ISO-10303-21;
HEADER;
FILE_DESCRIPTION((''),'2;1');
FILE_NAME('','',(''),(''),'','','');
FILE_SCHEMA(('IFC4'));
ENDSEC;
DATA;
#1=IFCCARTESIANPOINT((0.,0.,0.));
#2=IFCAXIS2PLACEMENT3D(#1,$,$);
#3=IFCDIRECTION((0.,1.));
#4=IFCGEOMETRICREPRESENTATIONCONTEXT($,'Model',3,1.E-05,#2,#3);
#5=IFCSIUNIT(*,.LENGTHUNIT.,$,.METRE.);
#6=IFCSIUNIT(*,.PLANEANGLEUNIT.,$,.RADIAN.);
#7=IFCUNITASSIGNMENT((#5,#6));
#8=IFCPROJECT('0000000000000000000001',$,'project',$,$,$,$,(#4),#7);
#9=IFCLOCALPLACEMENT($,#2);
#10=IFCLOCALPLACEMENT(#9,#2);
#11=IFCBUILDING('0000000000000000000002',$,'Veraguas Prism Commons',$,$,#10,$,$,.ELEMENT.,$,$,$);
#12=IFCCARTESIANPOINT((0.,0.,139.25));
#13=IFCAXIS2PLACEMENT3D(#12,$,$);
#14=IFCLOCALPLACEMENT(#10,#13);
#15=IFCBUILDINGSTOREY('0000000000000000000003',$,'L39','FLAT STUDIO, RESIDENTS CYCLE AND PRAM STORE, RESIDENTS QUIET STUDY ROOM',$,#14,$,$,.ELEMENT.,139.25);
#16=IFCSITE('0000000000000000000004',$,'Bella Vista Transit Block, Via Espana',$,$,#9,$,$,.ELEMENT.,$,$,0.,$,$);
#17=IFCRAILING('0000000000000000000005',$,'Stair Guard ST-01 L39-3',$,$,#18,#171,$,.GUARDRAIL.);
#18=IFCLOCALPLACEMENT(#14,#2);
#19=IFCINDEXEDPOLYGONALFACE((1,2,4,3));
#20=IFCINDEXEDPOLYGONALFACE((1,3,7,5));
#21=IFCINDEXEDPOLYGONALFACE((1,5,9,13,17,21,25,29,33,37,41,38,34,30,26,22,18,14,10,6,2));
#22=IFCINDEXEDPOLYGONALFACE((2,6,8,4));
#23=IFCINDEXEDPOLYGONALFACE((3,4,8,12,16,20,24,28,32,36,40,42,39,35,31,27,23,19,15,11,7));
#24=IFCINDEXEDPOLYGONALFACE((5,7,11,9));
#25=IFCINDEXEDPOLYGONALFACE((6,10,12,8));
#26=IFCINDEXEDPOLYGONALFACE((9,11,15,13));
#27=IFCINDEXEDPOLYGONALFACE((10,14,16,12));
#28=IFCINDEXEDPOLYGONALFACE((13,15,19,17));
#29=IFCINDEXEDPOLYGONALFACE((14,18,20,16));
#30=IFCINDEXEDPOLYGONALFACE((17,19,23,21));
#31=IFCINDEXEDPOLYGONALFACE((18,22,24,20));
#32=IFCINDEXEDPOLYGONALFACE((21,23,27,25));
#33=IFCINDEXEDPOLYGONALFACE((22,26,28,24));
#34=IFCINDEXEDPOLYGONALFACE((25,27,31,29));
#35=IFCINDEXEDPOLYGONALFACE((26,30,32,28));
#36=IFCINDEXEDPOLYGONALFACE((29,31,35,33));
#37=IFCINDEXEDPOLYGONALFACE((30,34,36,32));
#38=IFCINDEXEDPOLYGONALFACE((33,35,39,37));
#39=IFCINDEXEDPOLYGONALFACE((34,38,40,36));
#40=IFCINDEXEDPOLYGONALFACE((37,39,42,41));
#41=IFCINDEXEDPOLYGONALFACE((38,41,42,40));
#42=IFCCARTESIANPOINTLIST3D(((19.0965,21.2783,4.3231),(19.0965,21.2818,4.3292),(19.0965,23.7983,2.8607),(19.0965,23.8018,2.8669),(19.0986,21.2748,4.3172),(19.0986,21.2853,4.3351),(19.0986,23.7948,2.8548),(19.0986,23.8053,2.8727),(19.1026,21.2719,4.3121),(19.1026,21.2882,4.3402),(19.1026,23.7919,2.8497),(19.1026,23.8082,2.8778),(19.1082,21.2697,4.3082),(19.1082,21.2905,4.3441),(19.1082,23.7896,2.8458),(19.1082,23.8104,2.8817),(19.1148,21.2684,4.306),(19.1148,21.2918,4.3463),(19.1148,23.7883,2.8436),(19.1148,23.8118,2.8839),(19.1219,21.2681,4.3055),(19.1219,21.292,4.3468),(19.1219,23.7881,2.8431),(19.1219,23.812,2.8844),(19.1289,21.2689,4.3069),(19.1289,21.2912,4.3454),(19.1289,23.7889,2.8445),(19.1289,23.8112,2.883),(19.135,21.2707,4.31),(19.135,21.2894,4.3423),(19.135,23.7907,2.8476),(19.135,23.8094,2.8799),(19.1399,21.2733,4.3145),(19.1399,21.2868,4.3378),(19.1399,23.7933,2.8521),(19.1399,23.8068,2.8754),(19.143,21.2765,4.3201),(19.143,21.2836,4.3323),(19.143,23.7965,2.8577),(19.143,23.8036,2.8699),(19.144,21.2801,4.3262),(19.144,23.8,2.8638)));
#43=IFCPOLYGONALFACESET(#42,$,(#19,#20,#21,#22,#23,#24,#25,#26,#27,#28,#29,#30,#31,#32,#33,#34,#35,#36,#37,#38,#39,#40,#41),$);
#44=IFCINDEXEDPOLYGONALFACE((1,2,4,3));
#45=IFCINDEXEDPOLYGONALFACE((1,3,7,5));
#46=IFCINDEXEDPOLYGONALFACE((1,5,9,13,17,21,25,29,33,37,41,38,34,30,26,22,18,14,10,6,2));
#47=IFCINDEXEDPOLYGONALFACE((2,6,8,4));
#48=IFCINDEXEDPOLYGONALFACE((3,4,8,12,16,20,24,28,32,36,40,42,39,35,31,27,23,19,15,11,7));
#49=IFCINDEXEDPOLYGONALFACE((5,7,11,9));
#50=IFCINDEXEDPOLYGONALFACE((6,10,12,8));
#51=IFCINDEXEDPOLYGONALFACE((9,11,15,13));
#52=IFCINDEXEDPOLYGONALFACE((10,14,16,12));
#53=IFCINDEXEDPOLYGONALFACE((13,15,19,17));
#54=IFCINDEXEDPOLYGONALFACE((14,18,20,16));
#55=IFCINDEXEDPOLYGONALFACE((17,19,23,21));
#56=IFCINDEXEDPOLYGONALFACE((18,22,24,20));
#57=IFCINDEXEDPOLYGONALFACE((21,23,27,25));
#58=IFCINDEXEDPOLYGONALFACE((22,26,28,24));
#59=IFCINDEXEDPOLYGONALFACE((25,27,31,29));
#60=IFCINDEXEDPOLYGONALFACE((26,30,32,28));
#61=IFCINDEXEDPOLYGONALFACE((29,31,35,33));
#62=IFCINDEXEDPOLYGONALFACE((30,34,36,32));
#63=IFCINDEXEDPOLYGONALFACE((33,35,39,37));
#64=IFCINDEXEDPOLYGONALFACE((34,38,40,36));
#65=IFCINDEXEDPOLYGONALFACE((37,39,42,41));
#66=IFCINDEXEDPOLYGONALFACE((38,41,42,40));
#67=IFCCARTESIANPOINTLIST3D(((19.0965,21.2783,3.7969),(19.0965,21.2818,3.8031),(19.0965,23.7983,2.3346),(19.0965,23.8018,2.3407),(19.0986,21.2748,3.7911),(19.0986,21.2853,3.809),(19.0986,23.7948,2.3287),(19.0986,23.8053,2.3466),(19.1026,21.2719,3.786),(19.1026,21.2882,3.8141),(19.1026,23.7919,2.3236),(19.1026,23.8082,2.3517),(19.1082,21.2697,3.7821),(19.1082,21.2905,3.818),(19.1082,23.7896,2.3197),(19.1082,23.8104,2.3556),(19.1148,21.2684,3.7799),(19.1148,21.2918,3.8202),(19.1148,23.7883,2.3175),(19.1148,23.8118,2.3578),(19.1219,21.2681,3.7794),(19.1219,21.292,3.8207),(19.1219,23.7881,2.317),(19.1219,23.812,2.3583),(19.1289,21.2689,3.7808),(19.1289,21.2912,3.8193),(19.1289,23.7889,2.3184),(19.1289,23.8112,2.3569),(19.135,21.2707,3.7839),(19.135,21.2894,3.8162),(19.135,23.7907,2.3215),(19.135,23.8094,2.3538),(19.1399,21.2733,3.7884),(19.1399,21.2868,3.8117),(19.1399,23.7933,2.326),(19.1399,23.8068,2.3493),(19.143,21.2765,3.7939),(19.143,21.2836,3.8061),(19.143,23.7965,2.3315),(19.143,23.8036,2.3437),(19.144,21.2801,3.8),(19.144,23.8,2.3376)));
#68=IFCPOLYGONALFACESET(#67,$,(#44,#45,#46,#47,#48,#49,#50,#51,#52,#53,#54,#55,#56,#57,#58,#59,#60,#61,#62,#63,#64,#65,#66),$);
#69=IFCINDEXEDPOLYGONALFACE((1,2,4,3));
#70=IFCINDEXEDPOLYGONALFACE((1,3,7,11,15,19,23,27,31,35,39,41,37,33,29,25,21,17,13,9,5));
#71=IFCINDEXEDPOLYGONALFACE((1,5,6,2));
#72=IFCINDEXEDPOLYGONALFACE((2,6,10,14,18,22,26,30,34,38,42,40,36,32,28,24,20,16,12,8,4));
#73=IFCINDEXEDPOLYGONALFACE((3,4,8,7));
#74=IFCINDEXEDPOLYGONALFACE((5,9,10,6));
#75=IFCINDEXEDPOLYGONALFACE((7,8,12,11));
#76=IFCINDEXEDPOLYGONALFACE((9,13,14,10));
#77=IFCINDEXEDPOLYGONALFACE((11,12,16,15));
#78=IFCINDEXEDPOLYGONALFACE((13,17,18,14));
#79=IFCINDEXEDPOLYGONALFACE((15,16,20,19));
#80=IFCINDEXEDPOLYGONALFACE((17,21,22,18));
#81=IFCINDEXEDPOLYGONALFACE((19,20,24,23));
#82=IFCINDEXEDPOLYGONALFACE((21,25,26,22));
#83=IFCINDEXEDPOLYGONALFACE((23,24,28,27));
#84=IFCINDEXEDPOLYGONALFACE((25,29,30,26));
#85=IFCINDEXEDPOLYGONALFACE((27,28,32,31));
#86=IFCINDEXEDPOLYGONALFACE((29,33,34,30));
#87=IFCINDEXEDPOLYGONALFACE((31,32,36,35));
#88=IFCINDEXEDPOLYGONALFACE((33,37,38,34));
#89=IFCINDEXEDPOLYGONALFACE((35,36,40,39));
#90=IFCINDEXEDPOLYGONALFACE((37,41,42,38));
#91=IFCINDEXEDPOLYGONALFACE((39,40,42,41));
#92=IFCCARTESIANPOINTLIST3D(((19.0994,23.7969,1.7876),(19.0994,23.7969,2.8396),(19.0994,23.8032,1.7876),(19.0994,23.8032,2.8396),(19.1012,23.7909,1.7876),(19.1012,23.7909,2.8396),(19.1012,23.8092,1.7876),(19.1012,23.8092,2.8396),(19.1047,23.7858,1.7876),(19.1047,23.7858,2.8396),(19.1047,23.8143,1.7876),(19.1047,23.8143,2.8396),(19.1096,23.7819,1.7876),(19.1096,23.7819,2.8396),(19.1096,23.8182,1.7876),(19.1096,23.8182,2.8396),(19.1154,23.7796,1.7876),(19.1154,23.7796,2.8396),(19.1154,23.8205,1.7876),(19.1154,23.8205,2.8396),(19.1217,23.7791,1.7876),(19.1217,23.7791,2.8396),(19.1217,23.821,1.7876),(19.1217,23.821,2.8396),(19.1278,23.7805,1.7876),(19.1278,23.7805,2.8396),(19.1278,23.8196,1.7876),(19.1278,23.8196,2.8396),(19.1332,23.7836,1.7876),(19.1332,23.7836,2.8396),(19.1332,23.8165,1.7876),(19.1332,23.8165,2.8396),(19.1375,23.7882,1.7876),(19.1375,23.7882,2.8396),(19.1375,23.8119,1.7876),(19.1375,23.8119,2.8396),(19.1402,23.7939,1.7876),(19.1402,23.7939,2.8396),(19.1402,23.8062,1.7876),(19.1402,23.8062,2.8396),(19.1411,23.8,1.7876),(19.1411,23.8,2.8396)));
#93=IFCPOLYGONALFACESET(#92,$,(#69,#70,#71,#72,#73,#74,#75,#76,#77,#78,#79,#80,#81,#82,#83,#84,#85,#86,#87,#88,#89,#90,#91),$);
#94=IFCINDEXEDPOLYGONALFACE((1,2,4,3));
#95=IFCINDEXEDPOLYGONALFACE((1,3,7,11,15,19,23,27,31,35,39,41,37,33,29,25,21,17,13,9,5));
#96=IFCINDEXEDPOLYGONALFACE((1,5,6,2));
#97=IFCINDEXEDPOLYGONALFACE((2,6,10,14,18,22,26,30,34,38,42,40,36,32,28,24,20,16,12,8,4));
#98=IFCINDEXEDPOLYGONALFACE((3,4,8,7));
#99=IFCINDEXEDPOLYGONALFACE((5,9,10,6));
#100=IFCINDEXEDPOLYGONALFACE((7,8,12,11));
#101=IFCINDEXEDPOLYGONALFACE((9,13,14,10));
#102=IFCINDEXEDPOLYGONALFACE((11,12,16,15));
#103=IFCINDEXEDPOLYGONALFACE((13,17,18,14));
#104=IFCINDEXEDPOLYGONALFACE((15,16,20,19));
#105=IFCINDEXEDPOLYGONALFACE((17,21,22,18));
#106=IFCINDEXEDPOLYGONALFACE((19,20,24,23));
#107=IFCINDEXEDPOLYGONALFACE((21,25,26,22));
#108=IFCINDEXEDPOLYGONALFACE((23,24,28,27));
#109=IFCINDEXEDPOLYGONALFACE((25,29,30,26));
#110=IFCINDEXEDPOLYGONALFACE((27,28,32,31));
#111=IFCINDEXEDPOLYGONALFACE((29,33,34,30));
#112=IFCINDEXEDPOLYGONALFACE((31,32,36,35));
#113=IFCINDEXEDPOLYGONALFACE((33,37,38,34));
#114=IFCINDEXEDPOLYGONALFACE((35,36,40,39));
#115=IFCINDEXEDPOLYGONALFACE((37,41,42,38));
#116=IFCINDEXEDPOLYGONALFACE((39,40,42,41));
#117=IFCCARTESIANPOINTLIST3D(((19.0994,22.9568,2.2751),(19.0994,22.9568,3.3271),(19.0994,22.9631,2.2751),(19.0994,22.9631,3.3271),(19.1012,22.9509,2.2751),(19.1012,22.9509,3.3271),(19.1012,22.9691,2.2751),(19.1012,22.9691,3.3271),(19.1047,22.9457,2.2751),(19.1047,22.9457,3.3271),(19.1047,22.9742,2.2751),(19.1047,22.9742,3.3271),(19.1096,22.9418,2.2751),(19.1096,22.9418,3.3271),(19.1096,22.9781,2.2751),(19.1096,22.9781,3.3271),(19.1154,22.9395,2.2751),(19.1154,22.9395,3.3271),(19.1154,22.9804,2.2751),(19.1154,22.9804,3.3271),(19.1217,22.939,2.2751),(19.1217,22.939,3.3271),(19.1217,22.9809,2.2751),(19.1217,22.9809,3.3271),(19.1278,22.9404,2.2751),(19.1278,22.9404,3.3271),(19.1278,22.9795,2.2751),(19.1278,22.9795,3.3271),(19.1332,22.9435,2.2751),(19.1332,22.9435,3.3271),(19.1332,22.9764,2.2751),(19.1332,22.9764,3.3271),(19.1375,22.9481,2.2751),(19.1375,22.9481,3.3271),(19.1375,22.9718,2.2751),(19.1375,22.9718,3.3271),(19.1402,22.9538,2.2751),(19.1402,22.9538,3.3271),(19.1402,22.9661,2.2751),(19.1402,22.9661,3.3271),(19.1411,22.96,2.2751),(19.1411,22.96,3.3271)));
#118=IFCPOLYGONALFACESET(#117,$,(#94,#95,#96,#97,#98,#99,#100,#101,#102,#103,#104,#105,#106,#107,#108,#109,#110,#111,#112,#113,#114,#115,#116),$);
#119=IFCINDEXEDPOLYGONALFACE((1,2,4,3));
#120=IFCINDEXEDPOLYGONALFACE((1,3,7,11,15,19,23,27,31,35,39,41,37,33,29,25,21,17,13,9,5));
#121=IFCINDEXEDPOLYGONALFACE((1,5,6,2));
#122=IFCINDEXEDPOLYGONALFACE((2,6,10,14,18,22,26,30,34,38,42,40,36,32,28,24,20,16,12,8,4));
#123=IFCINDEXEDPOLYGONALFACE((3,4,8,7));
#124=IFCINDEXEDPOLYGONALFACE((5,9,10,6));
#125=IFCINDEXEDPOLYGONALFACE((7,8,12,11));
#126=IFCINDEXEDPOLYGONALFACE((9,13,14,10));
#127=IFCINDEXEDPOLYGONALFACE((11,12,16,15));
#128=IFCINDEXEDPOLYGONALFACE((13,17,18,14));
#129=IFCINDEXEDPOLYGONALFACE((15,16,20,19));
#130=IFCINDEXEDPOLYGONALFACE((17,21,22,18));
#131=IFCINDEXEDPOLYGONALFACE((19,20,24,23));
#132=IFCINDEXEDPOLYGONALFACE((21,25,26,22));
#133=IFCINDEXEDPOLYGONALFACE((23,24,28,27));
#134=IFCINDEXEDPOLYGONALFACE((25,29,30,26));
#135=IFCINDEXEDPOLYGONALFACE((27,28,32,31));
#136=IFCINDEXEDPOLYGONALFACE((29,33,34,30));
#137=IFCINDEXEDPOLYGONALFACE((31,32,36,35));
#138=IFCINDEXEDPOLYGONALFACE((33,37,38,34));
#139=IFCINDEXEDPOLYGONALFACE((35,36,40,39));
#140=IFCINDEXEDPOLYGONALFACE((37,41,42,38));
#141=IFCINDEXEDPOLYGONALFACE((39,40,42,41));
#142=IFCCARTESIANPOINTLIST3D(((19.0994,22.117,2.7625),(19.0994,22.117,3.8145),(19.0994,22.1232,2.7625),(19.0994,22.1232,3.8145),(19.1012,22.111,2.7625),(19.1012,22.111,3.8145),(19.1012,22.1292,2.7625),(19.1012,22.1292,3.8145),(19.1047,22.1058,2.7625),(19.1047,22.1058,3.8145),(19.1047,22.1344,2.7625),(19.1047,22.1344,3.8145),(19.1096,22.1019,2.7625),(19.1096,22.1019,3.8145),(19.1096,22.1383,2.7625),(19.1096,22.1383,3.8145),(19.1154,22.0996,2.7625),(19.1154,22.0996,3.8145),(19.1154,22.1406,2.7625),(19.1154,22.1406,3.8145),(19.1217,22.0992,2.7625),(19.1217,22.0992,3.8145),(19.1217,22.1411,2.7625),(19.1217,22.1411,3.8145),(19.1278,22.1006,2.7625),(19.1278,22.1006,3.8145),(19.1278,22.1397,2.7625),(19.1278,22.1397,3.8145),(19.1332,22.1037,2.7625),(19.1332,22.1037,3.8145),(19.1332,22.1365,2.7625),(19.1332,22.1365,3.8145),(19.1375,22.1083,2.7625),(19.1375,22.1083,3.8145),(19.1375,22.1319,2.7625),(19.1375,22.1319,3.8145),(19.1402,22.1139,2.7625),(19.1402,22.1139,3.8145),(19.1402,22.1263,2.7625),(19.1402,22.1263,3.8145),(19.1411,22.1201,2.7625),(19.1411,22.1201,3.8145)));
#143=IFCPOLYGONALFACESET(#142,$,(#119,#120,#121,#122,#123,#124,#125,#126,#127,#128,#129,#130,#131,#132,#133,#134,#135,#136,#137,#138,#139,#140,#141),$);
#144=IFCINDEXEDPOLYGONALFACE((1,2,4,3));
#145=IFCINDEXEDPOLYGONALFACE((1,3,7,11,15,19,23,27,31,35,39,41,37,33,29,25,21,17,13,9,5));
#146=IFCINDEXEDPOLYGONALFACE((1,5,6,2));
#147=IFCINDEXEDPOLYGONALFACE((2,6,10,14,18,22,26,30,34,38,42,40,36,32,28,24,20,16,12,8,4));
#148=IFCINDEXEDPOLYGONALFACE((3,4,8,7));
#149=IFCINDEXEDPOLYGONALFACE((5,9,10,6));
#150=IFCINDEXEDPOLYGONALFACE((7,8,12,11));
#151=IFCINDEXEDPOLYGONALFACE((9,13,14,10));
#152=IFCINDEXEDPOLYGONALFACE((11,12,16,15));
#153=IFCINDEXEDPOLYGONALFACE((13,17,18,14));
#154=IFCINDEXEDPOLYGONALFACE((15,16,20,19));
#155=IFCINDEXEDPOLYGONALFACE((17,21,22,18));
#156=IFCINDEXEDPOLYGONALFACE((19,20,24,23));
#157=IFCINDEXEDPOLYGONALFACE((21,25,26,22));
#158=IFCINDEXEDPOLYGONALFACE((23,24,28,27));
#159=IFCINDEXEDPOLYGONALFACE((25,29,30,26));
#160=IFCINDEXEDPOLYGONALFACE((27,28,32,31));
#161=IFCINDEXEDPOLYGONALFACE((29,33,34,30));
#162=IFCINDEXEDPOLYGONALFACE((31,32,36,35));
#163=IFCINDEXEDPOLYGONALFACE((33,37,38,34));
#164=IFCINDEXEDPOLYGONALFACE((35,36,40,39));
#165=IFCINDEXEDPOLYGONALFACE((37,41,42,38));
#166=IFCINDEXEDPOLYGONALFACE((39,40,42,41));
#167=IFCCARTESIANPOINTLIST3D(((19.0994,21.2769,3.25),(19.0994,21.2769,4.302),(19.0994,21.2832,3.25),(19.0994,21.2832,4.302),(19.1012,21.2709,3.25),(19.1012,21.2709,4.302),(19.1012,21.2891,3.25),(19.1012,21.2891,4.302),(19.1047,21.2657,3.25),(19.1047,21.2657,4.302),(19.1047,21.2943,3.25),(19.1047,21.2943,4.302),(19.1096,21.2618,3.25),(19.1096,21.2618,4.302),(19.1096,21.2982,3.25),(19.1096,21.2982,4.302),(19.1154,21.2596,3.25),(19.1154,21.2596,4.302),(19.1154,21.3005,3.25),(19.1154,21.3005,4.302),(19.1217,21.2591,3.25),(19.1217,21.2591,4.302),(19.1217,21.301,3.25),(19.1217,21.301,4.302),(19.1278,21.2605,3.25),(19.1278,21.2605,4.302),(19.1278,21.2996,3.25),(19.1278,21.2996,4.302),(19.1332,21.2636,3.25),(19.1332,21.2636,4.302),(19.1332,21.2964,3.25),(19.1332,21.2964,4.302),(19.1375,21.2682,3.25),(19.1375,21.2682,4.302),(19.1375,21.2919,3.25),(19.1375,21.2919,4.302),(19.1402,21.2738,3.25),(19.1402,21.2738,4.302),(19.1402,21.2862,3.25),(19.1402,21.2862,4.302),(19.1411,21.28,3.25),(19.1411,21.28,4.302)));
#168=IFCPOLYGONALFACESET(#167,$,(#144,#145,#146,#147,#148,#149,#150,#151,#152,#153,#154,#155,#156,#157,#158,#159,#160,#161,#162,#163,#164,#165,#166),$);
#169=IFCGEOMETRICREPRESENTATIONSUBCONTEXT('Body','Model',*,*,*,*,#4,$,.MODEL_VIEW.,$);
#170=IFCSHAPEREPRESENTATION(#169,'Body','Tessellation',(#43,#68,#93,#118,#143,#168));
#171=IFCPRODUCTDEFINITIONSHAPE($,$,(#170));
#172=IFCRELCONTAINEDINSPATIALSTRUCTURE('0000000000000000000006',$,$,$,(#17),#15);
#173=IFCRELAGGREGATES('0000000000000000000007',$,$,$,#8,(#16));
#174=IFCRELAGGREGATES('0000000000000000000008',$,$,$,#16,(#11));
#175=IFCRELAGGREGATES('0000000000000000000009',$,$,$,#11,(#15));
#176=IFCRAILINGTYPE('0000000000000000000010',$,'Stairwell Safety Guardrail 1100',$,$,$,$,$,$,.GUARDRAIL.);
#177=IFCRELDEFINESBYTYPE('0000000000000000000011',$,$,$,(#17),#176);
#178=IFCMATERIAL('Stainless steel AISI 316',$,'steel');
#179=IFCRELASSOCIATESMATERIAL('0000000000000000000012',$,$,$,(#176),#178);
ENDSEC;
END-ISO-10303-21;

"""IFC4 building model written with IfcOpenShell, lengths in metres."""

from ifc_helpers import new_model, si_unit, direction, frame, origin, origin_2d, place, context, subcontext, project, spatial, circle, extrude, material, type_object, element, save


model = new_model("IFC4")

# Units and contexts
model_context = context("Model", 3, precision=1e-05, world=origin(), true_north=direction((0.0, 1.0)))
body_context = subcontext(model_context, "Body", "Model", "MODEL_VIEW")
ifc_project = project(units=[si_unit("LENGTHUNIT", "METRE"), si_unit("PLANEANGLEUNIT", "RADIAN")], contexts=[model_context])

# Site, building, storey
site_placement = place(None, origin())
site = spatial("IfcSite", under=ifc_project, at=site_placement, Name="Bella Vista Transit Block, Via Espana", CompositionType="ELEMENT", RefElevation=0.0)
building_placement = place(site_placement, origin())
building = spatial("IfcBuilding", under=site, at=building_placement, Name="Veraguas Prism Commons", CompositionType="ELEMENT")
storey_placement = place(building_placement, frame((0.0, 0.0, 139.25)))
storey = spatial("IfcBuildingStorey", under=building, at=storey_placement, Name="L39", Description="FLAT STUDIO, RESIDENTS CYCLE AND PRAM STORE, RESIDENTS QUIET STUDY ROOM", CompositionType="ELEMENT", Elevation=139.25)

# Railing
ifc_material_1 = material(Name="Stainless steel AISI 316", Category="steel")
railing_type_1 = type_object("IfcRailingType", Name="Stairwell Safety Guardrail 1100", PredefinedType="GUARDRAIL", material=ifc_material_1)
railing_1_placement = place(storey_placement, frame((19.1201, 23.8, 1.7876)))
element("IfcRailing", 1, at=railing_1_placement, inside=storey, type_object=railing_type_1, Name="Stair Guard ST-01 L39-3", PredefinedType="GUARDRAIL", context=body_context, shape_type="SweptSolid", body=[
    extrude(circle(Radius=0.0239, at=origin_2d()), frame((0.0, 0.0, 1.0762), z_axis=(0.0, -0.864913, 0.501921), x_axis=(1.0, 0.0, 0.0)), (0.0, 0.0, 1.0), 2.9136),
    extrude(circle(Radius=0.0239, at=origin_2d()), frame((0.0, 0.0, 0.55), z_axis=(0.0, -0.864913, 0.501921), x_axis=(1.0, 0.0, 0.0)), (0.0, 0.0, 1.0), 2.9136),
    extrude(circle(Radius=0.021, at=origin_2d()), origin(), (0.0, 0.0, 1.0), 1.052),
    extrude(circle(Radius=0.021, at=origin_2d()), frame((0.0, -0.8401, 0.4875)), (0.0, 0.0, 1.0), 1.052),
    extrude(circle(Radius=0.021, at=origin_2d()), frame((0.0, -1.6799, 0.9749)), (0.0, 0.0, 1.0), 1.052),
    extrude(circle(Radius=0.021, at=origin_2d()), frame((0.0, -2.52, 1.4624)), (0.0, 0.0, 1.0), 1.052),
])

save(model, "model.ifc")
